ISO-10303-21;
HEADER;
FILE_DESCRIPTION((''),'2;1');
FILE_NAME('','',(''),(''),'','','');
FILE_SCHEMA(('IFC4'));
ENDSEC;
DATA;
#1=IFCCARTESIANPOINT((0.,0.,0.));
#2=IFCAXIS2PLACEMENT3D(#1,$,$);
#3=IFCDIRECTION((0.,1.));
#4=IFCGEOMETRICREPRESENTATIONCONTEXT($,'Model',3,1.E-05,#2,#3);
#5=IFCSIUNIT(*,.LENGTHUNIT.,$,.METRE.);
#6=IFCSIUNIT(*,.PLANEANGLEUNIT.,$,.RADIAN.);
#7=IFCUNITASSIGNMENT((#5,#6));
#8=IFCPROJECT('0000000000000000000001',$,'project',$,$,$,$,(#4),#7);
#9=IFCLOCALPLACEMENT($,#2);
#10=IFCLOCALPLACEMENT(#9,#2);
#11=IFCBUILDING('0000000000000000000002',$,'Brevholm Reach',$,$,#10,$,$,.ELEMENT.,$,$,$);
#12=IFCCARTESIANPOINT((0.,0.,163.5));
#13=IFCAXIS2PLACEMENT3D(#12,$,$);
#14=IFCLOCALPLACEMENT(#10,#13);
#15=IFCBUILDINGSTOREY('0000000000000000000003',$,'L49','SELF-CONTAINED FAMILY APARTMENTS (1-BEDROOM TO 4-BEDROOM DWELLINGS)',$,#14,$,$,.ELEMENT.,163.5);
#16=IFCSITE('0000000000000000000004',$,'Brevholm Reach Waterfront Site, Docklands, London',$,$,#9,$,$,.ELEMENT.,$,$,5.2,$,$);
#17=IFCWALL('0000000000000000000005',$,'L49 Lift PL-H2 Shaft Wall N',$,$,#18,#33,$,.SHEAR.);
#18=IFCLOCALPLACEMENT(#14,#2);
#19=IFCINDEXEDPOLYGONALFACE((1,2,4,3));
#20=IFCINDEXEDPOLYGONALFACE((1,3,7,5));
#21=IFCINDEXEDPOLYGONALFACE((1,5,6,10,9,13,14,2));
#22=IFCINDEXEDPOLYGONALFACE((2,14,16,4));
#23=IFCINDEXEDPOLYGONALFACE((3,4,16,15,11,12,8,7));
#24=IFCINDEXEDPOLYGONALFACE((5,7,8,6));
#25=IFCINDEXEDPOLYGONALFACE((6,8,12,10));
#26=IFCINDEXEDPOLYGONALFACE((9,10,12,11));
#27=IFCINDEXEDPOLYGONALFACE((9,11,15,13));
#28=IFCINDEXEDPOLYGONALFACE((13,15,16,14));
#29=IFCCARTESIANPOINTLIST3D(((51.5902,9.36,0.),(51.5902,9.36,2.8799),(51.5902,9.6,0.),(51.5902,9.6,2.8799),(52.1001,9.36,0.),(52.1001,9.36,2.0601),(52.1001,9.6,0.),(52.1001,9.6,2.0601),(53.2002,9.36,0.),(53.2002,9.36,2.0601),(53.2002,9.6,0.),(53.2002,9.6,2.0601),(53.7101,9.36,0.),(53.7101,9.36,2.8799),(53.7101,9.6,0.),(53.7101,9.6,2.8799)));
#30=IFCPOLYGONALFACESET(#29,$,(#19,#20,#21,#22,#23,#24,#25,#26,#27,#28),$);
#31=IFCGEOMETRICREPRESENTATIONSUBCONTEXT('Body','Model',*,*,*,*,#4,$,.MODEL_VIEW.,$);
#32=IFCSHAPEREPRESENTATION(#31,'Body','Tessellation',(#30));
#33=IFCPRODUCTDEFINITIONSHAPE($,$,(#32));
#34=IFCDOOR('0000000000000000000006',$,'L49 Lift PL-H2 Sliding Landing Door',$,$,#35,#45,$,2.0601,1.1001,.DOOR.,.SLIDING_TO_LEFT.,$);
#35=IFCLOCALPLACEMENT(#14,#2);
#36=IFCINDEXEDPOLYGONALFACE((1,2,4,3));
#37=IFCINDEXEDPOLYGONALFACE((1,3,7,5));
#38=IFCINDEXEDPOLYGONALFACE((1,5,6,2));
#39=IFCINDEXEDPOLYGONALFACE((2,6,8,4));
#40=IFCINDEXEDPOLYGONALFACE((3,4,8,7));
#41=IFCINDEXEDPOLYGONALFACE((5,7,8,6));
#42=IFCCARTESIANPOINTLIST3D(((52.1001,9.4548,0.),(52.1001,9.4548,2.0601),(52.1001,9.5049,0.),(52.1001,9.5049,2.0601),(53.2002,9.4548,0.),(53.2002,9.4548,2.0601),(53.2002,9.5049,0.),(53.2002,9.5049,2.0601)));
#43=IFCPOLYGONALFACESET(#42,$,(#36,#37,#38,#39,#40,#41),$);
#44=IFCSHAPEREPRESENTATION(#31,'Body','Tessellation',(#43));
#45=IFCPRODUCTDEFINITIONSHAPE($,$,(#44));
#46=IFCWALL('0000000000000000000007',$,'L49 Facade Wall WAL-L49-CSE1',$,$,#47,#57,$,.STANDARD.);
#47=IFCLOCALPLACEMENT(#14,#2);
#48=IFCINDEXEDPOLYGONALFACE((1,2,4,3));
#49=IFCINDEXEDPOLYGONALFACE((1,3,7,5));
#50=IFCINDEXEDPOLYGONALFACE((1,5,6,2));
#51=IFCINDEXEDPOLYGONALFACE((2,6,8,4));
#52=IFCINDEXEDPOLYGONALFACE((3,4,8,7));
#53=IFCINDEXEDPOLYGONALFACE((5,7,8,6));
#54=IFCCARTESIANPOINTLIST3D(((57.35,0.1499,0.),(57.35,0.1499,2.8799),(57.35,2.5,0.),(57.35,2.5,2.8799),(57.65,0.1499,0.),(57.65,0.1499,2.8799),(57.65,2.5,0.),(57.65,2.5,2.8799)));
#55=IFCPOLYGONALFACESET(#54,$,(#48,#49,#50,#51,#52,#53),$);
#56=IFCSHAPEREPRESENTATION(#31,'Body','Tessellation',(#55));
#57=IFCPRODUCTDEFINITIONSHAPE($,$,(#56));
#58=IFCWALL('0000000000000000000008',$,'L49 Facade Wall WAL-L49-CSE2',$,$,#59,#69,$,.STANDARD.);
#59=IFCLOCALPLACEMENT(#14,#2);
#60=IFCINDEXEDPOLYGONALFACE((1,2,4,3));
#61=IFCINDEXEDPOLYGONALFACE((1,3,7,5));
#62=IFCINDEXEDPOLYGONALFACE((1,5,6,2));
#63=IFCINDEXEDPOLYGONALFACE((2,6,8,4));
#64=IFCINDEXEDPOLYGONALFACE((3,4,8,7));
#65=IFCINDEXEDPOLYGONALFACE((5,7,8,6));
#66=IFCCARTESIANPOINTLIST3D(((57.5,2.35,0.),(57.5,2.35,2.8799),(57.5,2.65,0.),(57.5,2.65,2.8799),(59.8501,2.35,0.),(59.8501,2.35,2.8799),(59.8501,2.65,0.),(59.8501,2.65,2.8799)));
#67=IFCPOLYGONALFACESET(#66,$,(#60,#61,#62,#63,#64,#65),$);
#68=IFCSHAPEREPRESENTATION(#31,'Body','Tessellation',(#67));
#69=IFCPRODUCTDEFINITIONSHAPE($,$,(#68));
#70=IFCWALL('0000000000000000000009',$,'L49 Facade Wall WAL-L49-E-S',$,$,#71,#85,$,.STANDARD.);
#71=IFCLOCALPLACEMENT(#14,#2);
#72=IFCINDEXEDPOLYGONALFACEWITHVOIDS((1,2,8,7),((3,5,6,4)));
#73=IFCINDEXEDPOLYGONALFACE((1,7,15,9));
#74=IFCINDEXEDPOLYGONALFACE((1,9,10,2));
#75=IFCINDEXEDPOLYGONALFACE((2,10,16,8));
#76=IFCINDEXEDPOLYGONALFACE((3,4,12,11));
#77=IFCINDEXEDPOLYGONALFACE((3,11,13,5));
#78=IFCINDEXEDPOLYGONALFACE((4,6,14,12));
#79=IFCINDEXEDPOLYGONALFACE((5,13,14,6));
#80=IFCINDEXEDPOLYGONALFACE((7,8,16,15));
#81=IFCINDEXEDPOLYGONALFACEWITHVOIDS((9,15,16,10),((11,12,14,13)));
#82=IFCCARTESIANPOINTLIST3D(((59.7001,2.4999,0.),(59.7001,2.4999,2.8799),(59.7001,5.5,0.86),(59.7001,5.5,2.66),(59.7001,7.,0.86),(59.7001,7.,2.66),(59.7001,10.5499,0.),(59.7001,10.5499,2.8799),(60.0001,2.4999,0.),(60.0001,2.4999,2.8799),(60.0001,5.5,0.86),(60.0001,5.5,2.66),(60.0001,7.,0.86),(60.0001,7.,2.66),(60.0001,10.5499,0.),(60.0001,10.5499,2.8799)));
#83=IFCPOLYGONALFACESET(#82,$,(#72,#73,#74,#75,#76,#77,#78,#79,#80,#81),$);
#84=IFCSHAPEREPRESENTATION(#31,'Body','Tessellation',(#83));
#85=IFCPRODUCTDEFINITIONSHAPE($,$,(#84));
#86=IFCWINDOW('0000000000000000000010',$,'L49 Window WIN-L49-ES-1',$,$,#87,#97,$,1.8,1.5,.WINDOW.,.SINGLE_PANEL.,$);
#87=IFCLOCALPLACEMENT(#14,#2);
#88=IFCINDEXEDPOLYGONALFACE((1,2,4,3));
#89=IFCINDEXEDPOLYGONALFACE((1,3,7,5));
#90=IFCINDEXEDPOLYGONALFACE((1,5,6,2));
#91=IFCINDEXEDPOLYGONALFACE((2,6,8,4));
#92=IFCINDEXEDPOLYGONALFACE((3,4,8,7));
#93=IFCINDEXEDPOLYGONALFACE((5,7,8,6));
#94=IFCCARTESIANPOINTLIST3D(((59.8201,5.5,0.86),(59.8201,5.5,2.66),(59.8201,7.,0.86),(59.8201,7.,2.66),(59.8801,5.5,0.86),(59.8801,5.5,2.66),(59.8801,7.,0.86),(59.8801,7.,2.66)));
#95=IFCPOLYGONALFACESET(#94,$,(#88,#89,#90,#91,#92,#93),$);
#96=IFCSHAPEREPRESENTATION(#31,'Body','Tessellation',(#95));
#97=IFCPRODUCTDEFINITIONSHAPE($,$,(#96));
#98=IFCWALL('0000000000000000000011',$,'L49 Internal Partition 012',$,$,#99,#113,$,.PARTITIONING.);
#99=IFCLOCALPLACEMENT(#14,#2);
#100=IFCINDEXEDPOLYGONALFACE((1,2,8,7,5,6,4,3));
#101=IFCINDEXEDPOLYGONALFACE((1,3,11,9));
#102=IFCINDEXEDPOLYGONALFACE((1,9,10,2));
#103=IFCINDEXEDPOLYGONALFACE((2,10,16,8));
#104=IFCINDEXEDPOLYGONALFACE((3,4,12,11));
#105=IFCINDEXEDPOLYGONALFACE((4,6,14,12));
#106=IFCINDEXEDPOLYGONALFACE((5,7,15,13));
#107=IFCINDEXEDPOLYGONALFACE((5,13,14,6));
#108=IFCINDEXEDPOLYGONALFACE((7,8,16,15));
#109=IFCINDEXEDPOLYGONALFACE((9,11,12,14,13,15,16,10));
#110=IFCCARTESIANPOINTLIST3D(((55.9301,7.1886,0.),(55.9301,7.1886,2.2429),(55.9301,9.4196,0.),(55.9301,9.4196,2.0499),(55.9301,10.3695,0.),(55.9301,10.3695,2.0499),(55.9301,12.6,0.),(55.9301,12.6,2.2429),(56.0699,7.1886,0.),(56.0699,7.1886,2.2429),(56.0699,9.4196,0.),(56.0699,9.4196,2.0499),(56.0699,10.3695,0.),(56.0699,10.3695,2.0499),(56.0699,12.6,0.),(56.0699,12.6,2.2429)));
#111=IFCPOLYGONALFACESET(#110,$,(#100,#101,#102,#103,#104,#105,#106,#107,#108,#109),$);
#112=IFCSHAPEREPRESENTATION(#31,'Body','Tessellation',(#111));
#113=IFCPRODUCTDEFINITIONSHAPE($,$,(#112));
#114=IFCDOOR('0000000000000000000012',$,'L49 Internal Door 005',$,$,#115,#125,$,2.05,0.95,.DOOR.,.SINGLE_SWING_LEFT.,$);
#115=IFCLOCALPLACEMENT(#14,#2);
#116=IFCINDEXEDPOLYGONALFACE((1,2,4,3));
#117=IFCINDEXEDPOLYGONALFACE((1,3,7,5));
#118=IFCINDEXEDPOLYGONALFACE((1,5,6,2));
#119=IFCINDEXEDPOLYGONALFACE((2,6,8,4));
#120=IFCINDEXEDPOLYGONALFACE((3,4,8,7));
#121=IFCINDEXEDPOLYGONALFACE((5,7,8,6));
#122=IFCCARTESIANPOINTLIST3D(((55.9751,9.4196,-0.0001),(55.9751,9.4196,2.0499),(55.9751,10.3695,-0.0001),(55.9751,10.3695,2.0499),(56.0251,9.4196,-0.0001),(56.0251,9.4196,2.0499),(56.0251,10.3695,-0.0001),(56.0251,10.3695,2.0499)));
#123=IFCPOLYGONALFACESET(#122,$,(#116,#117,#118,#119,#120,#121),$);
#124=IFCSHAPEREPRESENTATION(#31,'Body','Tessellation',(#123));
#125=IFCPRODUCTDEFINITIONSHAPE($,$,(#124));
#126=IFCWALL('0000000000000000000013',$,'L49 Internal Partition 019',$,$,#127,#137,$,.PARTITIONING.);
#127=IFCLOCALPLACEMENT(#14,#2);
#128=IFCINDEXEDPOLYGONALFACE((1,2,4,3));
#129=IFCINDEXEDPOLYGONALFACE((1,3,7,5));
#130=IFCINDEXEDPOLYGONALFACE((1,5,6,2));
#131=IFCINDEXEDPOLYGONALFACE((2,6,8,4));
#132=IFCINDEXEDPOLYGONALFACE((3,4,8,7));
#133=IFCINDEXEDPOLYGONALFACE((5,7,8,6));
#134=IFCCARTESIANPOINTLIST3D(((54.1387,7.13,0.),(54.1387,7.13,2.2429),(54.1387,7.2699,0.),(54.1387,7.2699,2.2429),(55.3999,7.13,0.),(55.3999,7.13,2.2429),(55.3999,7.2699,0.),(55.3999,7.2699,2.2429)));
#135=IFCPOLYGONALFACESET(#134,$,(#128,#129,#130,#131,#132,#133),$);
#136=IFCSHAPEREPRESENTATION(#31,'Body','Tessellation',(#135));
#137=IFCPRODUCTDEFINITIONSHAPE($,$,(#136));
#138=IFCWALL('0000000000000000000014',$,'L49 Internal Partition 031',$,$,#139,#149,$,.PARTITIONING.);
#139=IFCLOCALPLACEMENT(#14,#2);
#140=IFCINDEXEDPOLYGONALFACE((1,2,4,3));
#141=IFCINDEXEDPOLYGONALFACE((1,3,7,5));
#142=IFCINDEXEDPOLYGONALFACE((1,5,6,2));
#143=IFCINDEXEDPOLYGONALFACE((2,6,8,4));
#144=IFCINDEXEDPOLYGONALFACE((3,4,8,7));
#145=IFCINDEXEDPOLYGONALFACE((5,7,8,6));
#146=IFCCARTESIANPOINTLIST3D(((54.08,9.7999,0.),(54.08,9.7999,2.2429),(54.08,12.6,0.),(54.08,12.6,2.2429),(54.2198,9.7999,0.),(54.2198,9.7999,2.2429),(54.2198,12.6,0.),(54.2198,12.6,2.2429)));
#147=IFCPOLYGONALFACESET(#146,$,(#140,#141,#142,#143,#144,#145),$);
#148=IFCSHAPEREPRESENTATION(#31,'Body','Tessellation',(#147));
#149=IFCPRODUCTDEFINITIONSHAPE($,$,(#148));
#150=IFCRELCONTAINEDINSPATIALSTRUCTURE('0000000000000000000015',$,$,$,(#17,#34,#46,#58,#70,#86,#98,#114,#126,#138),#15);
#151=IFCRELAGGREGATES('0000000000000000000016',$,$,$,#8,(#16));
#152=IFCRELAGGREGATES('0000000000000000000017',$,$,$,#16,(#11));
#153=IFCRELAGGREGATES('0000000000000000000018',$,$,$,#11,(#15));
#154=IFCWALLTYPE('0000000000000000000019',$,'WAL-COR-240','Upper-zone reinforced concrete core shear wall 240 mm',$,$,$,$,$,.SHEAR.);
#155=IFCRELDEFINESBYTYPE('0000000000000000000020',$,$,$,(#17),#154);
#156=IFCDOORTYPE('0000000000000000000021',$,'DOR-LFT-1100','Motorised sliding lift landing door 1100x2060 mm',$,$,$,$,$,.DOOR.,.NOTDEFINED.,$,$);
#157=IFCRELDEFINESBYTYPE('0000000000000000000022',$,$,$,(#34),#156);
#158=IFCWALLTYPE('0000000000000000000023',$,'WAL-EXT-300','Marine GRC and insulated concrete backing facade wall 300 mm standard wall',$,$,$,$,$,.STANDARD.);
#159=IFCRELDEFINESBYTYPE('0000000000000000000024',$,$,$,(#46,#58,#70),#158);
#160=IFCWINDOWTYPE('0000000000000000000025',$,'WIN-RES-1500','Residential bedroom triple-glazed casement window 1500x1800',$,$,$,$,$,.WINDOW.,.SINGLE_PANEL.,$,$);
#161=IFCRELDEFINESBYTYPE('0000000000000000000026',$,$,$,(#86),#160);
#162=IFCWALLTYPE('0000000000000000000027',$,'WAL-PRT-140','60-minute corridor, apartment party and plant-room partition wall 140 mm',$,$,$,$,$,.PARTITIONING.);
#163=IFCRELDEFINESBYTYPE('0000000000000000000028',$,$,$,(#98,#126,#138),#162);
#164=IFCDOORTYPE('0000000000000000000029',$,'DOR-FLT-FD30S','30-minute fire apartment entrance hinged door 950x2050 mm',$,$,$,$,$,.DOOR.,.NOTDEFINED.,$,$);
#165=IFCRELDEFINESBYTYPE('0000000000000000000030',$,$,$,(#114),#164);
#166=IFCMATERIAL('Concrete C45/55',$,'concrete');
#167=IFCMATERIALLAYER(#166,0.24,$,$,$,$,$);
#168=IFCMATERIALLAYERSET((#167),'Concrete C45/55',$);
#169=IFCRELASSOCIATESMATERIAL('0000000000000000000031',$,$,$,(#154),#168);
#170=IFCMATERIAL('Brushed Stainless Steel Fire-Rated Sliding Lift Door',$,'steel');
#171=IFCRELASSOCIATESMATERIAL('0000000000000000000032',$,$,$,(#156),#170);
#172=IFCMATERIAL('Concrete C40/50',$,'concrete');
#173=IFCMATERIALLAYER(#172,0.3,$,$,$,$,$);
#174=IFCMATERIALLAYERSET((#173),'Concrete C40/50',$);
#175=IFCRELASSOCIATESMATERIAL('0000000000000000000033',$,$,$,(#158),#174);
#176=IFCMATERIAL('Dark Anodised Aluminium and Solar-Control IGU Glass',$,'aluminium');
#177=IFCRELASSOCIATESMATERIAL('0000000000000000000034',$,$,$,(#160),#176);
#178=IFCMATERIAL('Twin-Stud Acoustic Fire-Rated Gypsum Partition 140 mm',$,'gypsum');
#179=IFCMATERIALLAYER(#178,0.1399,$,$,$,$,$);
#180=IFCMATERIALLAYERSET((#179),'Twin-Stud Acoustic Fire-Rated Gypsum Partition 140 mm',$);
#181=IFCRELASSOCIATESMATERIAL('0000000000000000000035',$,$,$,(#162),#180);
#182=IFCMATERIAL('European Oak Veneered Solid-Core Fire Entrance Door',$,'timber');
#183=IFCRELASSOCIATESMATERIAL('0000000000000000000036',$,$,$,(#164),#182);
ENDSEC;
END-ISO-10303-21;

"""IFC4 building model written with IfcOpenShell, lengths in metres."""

from ifc_helpers import new_model, si_unit, direction, frame, frame_2d, origin, place, context, subcontext, project, spatial, rectangle, extrude, material, layer, layer_set, type_object, element, fill, save


model = new_model("IFC4")

# Units and contexts
model_context = context("Model", 3, precision=1e-05, world=origin(), true_north=direction((0.0, 1.0)))
body_context = subcontext(model_context, "Body", "Model", "MODEL_VIEW")
ifc_project = project(units=[si_unit("LENGTHUNIT", "METRE"), si_unit("PLANEANGLEUNIT", "RADIAN")], contexts=[model_context])

# Site, building, storey
site_placement = place(None, origin())
site = spatial("IfcSite", under=ifc_project, at=site_placement, Name="Brevholm Reach Waterfront Site, Docklands, London", CompositionType="ELEMENT", RefElevation=5.2)
building_placement = place(site_placement, origin())
building = spatial("IfcBuilding", under=site, at=building_placement, Name="Brevholm Reach", CompositionType="ELEMENT")
storey_placement = place(building_placement, frame((0.0, 0.0, 163.5)))
storey = spatial("IfcBuildingStorey", under=building, at=storey_placement, Name="L49", Description="SELF-CONTAINED FAMILY APARTMENTS (1-BEDROOM TO 4-BEDROOM DWELLINGS)", CompositionType="ELEMENT", Elevation=163.5)

# Shared definitions
ifc_material_1 = material(Name="Concrete C45/55", Category="concrete")
ifc_layer_1 = layer(ifc_material_1, 0.24)
ifc_layer_set_1 = layer_set([ifc_layer_1], Name="Concrete C45/55")
wall_type_1 = type_object("IfcWallType", Name="WAL-COR-240", Description="Upper-zone reinforced concrete core shear wall 240 mm", PredefinedType="SHEAR", material=ifc_layer_set_1)

# Wall, opening, door
wall_1_placement = place(storey_placement, frame((51.5901, 9.48, 0.0), z_axis=(0.0, 0.0, 1.0), x_axis=(1.0, 0.0, 0.0)))
wall_1 = element("IfcWall", 1, at=wall_1_placement, inside=storey, type_object=wall_type_1, Name="L49 Lift PL-H2 Shaft Wall N", PredefinedType="SHEAR", context=body_context, shape_type="SweptSolid", body=[
    extrude(rectangle(XDim=2.1199, YDim=0.24, at=frame_2d((1.0601, 0.0))), origin(), (0.0, 0.0, 1.0), 2.8799),
])
opening_1_placement = place(wall_1_placement, frame((0.51, 0.0, 0.0)))
opening_1 = element("IfcOpeningElement", 2, at=opening_1_placement, cuts=wall_1, PredefinedType="OPENING", context=body_context, shape_type="SweptSolid", body=[
    extrude(rectangle(XDim=1.1001, YDim=2.0601, at=frame_2d((0.55, 1.03))), frame((0.0, 0.1299, 0.0), z_axis=(0.0, -1.0, 0.0), x_axis=(1.0, 0.0, 0.0)), (0.0, 0.0, 1.0), 0.26),
])
ifc_material_2 = material(Name="Brushed Stainless Steel Fire-Rated Sliding Lift Door", Category="steel")
door_type_1 = type_object("IfcDoorType", Name="DOR-LFT-1100", Description="Motorised sliding lift landing door 1100x2060 mm", OperationType="NOTDEFINED", PredefinedType="DOOR", material=ifc_material_2)
door_1_placement = place(opening_1_placement, origin())
door_1 = element("IfcDoor", 3, at=door_1_placement, inside=storey, type_object=door_type_1, Name="L49 Lift PL-H2 Sliding Landing Door", OperationType="SLIDING_TO_LEFT", OverallHeight=2.0601, OverallWidth=1.1001, PredefinedType="DOOR", context=body_context, shape_type="SweptSolid", body=[
    extrude(rectangle(XDim=1.1001, YDim=2.0601, at=frame_2d((0.55, 1.03))), frame((0.0, 0.0249, 0.0), z_axis=(0.0, -1.0, 0.0), x_axis=(1.0, 0.0, 0.0)), (0.0, 0.0, 1.0), 0.05),
])
fill(opening_1, door_1)

# Walls
ifc_material_3 = material(Name="Concrete C40/50", Category="concrete")
ifc_layer_2 = layer(ifc_material_3, 0.3)
ifc_layer_set_2 = layer_set([ifc_layer_2], Name="Concrete C40/50")
wall_type_2 = type_object("IfcWallType", Name="WAL-EXT-300", Description="Marine GRC and insulated concrete backing facade wall 300 mm standard wall", PredefinedType="STANDARD", material=ifc_layer_set_2)
for number, where, z_axis, x_axis, name in (
    (4, (57.5, 0.1499, 0.0), (0.0, 0.0, 1.0), (0.0, 1.0, 0.0), "L49 Facade Wall WAL-L49-CSE1"),
    (5, (57.5, 2.5, 0.0), (0.0, 0.0, 1.0), (1.0, 0.0, 0.0), "L49 Facade Wall WAL-L49-CSE2"),
):
    element("IfcWall", number, at=place(storey_placement, frame(where, z_axis=z_axis, x_axis=x_axis)), inside=storey, type_object=wall_type_2, Name=name, PredefinedType="STANDARD", context=body_context, shape_type="SweptSolid", body=[
        extrude(rectangle(XDim=2.3501, YDim=0.3, at=frame_2d((1.175, 0.0))), origin(), (0.0, 0.0, 1.0), 2.8799),
    ])

# Wall, opening, window
wall_2_placement = place(storey_placement, frame((59.8501, 2.5, 0.0), z_axis=(0.0, 0.0, 1.0), x_axis=(0.0, 1.0, 0.0)))
wall_2 = element("IfcWall", 6, at=wall_2_placement, inside=storey, type_object=wall_type_2, Name="L49 Facade Wall WAL-L49-E-S", PredefinedType="STANDARD", context=body_context, shape_type="SweptSolid", body=[
    extrude(rectangle(XDim=8.05, YDim=0.3, at=frame_2d((4.0249, 0.0))), origin(), (0.0, 0.0, 1.0), 2.8799),
])
opening_2_placement = place(wall_2_placement, frame((3.0, 0.0, 0.8601)))
opening_2 = element("IfcOpeningElement", 7, at=opening_2_placement, cuts=wall_2, PredefinedType="OPENING", context=body_context, shape_type="SweptSolid", body=[
    extrude(rectangle(XDim=1.5, YDim=1.8, at=frame_2d((0.75, 0.8999))), frame((0.0, 0.1599, 0.0), z_axis=(0.0, -1.0, 0.0), x_axis=(1.0, 0.0, 0.0)), (0.0, 0.0, 1.0), 0.3201),
])
ifc_material_4 = material(Name="Dark Anodised Aluminium and Solar-Control IGU Glass", Category="aluminium")
window_type = type_object("IfcWindowType", Name="WIN-RES-1500", Description="Residential bedroom triple-glazed casement window 1500x1800", PartitioningType="SINGLE_PANEL", PredefinedType="WINDOW", material=ifc_material_4)
window_placement = place(opening_2_placement, origin())
window = element("IfcWindow", 8, at=window_placement, inside=storey, type_object=window_type, Name="L49 Window WIN-L49-ES-1", OverallHeight=1.8, OverallWidth=1.5, PartitioningType="SINGLE_PANEL", PredefinedType="WINDOW", context=body_context, shape_type="SweptSolid", body=[
    extrude(rectangle(XDim=1.5, YDim=1.8, at=frame_2d((0.75, 0.8999))), frame((0.0, 0.03, 0.0), z_axis=(0.0, -1.0, 0.0), x_axis=(1.0, 0.0, 0.0)), (0.0, 0.0, 1.0), 0.0601),
])
fill(opening_2, window)

# Wall, opening, door
ifc_material_5 = material(Name="Twin-Stud Acoustic Fire-Rated Gypsum Partition 140 mm", Category="gypsum")
ifc_layer_3 = layer(ifc_material_5, 0.1399)
ifc_layer_set_3 = layer_set([ifc_layer_3], Name="Twin-Stud Acoustic Fire-Rated Gypsum Partition 140 mm")
wall_type_3 = type_object("IfcWallType", Name="WAL-PRT-140", Description="60-minute corridor, apartment party and plant-room partition wall 140 mm", PredefinedType="PARTITIONING", material=ifc_layer_set_3)
wall_3_placement = place(storey_placement, frame((56.0, 7.1887, 0.0), z_axis=(0.0, 0.0, 1.0), x_axis=(0.0, 1.0, 0.0)))
wall_3 = element("IfcWall", 9, at=wall_3_placement, inside=storey, type_object=wall_type_3, Name="L49 Internal Partition 012", PredefinedType="PARTITIONING", context=body_context, shape_type="SweptSolid", body=[
    extrude(rectangle(XDim=5.4114, YDim=0.1399, at=frame_2d((2.7056, 0.0))), origin(), (0.0, 0.0, 1.0), 2.2429),
])
opening_3_placement = place(wall_3_placement, frame((2.2307, 0.0, 0.0)))
opening_3 = element("IfcOpeningElement", 10, at=opening_3_placement, cuts=wall_3, PredefinedType="OPENING", context=body_context, shape_type="SweptSolid", body=[
    extrude(rectangle(XDim=0.95, YDim=2.05, at=frame_2d((0.4751, 1.0249))), frame((0.0, 0.0798, 0.0), z_axis=(0.0, -1.0, 0.0), x_axis=(1.0, 0.0, 0.0)), (0.0, 0.0, 1.0), 0.1599),
])
ifc_material_6 = material(Name="European Oak Veneered Solid-Core Fire Entrance Door", Category="timber")
door_type_2 = type_object("IfcDoorType", Name="DOR-FLT-FD30S", Description="30-minute fire apartment entrance hinged door 950x2050 mm", OperationType="NOTDEFINED", PredefinedType="DOOR", material=ifc_material_6)
door_2_placement = place(opening_3_placement, origin())
door_2 = element("IfcDoor", 11, at=door_2_placement, inside=storey, type_object=door_type_2, Name="L49 Internal Door 005", OperationType="SINGLE_SWING_LEFT", OverallHeight=2.05, OverallWidth=0.95, PredefinedType="DOOR", context=body_context, shape_type="SweptSolid", body=[
    extrude(rectangle(XDim=0.95, YDim=2.05, at=frame_2d((0.4751, 1.0249))), frame((0.0, 0.0249, 0.0), z_axis=(0.0, -1.0, 0.0), x_axis=(1.0, 0.0, 0.0)), (0.0, 0.0, 1.0), 0.05),
])
fill(opening_3, door_2)

# Walls
wall_4_placement = place(storey_placement, frame((54.1387, 7.2, 0.0), z_axis=(0.0, 0.0, 1.0), x_axis=(1.0, 0.0, 0.0)))
element("IfcWall", 12, at=wall_4_placement, inside=storey, type_object=wall_type_3, Name="L49 Internal Partition 019", PredefinedType="PARTITIONING", context=body_context, shape_type="SweptSolid", body=[
    extrude(rectangle(XDim=1.2612, YDim=0.1399, at=frame_2d((0.6306, 0.0))), origin(), (0.0, 0.0, 1.0), 2.2429),
])
wall_5_placement = place(storey_placement, frame((54.1499, 9.8, 0.0), z_axis=(0.0, 0.0, 1.0), x_axis=(0.0, 1.0, 0.0)))
element("IfcWall", 13, at=wall_5_placement, inside=storey, type_object=wall_type_3, Name="L49 Internal Partition 031", PredefinedType="PARTITIONING", context=body_context, shape_type="SweptSolid", body=[
    extrude(rectangle(XDim=2.8, YDim=0.1399, at=frame_2d((1.3999, 0.0))), origin(), (0.0, 0.0, 1.0), 2.2429),
])

save(model, "model.ifc")
